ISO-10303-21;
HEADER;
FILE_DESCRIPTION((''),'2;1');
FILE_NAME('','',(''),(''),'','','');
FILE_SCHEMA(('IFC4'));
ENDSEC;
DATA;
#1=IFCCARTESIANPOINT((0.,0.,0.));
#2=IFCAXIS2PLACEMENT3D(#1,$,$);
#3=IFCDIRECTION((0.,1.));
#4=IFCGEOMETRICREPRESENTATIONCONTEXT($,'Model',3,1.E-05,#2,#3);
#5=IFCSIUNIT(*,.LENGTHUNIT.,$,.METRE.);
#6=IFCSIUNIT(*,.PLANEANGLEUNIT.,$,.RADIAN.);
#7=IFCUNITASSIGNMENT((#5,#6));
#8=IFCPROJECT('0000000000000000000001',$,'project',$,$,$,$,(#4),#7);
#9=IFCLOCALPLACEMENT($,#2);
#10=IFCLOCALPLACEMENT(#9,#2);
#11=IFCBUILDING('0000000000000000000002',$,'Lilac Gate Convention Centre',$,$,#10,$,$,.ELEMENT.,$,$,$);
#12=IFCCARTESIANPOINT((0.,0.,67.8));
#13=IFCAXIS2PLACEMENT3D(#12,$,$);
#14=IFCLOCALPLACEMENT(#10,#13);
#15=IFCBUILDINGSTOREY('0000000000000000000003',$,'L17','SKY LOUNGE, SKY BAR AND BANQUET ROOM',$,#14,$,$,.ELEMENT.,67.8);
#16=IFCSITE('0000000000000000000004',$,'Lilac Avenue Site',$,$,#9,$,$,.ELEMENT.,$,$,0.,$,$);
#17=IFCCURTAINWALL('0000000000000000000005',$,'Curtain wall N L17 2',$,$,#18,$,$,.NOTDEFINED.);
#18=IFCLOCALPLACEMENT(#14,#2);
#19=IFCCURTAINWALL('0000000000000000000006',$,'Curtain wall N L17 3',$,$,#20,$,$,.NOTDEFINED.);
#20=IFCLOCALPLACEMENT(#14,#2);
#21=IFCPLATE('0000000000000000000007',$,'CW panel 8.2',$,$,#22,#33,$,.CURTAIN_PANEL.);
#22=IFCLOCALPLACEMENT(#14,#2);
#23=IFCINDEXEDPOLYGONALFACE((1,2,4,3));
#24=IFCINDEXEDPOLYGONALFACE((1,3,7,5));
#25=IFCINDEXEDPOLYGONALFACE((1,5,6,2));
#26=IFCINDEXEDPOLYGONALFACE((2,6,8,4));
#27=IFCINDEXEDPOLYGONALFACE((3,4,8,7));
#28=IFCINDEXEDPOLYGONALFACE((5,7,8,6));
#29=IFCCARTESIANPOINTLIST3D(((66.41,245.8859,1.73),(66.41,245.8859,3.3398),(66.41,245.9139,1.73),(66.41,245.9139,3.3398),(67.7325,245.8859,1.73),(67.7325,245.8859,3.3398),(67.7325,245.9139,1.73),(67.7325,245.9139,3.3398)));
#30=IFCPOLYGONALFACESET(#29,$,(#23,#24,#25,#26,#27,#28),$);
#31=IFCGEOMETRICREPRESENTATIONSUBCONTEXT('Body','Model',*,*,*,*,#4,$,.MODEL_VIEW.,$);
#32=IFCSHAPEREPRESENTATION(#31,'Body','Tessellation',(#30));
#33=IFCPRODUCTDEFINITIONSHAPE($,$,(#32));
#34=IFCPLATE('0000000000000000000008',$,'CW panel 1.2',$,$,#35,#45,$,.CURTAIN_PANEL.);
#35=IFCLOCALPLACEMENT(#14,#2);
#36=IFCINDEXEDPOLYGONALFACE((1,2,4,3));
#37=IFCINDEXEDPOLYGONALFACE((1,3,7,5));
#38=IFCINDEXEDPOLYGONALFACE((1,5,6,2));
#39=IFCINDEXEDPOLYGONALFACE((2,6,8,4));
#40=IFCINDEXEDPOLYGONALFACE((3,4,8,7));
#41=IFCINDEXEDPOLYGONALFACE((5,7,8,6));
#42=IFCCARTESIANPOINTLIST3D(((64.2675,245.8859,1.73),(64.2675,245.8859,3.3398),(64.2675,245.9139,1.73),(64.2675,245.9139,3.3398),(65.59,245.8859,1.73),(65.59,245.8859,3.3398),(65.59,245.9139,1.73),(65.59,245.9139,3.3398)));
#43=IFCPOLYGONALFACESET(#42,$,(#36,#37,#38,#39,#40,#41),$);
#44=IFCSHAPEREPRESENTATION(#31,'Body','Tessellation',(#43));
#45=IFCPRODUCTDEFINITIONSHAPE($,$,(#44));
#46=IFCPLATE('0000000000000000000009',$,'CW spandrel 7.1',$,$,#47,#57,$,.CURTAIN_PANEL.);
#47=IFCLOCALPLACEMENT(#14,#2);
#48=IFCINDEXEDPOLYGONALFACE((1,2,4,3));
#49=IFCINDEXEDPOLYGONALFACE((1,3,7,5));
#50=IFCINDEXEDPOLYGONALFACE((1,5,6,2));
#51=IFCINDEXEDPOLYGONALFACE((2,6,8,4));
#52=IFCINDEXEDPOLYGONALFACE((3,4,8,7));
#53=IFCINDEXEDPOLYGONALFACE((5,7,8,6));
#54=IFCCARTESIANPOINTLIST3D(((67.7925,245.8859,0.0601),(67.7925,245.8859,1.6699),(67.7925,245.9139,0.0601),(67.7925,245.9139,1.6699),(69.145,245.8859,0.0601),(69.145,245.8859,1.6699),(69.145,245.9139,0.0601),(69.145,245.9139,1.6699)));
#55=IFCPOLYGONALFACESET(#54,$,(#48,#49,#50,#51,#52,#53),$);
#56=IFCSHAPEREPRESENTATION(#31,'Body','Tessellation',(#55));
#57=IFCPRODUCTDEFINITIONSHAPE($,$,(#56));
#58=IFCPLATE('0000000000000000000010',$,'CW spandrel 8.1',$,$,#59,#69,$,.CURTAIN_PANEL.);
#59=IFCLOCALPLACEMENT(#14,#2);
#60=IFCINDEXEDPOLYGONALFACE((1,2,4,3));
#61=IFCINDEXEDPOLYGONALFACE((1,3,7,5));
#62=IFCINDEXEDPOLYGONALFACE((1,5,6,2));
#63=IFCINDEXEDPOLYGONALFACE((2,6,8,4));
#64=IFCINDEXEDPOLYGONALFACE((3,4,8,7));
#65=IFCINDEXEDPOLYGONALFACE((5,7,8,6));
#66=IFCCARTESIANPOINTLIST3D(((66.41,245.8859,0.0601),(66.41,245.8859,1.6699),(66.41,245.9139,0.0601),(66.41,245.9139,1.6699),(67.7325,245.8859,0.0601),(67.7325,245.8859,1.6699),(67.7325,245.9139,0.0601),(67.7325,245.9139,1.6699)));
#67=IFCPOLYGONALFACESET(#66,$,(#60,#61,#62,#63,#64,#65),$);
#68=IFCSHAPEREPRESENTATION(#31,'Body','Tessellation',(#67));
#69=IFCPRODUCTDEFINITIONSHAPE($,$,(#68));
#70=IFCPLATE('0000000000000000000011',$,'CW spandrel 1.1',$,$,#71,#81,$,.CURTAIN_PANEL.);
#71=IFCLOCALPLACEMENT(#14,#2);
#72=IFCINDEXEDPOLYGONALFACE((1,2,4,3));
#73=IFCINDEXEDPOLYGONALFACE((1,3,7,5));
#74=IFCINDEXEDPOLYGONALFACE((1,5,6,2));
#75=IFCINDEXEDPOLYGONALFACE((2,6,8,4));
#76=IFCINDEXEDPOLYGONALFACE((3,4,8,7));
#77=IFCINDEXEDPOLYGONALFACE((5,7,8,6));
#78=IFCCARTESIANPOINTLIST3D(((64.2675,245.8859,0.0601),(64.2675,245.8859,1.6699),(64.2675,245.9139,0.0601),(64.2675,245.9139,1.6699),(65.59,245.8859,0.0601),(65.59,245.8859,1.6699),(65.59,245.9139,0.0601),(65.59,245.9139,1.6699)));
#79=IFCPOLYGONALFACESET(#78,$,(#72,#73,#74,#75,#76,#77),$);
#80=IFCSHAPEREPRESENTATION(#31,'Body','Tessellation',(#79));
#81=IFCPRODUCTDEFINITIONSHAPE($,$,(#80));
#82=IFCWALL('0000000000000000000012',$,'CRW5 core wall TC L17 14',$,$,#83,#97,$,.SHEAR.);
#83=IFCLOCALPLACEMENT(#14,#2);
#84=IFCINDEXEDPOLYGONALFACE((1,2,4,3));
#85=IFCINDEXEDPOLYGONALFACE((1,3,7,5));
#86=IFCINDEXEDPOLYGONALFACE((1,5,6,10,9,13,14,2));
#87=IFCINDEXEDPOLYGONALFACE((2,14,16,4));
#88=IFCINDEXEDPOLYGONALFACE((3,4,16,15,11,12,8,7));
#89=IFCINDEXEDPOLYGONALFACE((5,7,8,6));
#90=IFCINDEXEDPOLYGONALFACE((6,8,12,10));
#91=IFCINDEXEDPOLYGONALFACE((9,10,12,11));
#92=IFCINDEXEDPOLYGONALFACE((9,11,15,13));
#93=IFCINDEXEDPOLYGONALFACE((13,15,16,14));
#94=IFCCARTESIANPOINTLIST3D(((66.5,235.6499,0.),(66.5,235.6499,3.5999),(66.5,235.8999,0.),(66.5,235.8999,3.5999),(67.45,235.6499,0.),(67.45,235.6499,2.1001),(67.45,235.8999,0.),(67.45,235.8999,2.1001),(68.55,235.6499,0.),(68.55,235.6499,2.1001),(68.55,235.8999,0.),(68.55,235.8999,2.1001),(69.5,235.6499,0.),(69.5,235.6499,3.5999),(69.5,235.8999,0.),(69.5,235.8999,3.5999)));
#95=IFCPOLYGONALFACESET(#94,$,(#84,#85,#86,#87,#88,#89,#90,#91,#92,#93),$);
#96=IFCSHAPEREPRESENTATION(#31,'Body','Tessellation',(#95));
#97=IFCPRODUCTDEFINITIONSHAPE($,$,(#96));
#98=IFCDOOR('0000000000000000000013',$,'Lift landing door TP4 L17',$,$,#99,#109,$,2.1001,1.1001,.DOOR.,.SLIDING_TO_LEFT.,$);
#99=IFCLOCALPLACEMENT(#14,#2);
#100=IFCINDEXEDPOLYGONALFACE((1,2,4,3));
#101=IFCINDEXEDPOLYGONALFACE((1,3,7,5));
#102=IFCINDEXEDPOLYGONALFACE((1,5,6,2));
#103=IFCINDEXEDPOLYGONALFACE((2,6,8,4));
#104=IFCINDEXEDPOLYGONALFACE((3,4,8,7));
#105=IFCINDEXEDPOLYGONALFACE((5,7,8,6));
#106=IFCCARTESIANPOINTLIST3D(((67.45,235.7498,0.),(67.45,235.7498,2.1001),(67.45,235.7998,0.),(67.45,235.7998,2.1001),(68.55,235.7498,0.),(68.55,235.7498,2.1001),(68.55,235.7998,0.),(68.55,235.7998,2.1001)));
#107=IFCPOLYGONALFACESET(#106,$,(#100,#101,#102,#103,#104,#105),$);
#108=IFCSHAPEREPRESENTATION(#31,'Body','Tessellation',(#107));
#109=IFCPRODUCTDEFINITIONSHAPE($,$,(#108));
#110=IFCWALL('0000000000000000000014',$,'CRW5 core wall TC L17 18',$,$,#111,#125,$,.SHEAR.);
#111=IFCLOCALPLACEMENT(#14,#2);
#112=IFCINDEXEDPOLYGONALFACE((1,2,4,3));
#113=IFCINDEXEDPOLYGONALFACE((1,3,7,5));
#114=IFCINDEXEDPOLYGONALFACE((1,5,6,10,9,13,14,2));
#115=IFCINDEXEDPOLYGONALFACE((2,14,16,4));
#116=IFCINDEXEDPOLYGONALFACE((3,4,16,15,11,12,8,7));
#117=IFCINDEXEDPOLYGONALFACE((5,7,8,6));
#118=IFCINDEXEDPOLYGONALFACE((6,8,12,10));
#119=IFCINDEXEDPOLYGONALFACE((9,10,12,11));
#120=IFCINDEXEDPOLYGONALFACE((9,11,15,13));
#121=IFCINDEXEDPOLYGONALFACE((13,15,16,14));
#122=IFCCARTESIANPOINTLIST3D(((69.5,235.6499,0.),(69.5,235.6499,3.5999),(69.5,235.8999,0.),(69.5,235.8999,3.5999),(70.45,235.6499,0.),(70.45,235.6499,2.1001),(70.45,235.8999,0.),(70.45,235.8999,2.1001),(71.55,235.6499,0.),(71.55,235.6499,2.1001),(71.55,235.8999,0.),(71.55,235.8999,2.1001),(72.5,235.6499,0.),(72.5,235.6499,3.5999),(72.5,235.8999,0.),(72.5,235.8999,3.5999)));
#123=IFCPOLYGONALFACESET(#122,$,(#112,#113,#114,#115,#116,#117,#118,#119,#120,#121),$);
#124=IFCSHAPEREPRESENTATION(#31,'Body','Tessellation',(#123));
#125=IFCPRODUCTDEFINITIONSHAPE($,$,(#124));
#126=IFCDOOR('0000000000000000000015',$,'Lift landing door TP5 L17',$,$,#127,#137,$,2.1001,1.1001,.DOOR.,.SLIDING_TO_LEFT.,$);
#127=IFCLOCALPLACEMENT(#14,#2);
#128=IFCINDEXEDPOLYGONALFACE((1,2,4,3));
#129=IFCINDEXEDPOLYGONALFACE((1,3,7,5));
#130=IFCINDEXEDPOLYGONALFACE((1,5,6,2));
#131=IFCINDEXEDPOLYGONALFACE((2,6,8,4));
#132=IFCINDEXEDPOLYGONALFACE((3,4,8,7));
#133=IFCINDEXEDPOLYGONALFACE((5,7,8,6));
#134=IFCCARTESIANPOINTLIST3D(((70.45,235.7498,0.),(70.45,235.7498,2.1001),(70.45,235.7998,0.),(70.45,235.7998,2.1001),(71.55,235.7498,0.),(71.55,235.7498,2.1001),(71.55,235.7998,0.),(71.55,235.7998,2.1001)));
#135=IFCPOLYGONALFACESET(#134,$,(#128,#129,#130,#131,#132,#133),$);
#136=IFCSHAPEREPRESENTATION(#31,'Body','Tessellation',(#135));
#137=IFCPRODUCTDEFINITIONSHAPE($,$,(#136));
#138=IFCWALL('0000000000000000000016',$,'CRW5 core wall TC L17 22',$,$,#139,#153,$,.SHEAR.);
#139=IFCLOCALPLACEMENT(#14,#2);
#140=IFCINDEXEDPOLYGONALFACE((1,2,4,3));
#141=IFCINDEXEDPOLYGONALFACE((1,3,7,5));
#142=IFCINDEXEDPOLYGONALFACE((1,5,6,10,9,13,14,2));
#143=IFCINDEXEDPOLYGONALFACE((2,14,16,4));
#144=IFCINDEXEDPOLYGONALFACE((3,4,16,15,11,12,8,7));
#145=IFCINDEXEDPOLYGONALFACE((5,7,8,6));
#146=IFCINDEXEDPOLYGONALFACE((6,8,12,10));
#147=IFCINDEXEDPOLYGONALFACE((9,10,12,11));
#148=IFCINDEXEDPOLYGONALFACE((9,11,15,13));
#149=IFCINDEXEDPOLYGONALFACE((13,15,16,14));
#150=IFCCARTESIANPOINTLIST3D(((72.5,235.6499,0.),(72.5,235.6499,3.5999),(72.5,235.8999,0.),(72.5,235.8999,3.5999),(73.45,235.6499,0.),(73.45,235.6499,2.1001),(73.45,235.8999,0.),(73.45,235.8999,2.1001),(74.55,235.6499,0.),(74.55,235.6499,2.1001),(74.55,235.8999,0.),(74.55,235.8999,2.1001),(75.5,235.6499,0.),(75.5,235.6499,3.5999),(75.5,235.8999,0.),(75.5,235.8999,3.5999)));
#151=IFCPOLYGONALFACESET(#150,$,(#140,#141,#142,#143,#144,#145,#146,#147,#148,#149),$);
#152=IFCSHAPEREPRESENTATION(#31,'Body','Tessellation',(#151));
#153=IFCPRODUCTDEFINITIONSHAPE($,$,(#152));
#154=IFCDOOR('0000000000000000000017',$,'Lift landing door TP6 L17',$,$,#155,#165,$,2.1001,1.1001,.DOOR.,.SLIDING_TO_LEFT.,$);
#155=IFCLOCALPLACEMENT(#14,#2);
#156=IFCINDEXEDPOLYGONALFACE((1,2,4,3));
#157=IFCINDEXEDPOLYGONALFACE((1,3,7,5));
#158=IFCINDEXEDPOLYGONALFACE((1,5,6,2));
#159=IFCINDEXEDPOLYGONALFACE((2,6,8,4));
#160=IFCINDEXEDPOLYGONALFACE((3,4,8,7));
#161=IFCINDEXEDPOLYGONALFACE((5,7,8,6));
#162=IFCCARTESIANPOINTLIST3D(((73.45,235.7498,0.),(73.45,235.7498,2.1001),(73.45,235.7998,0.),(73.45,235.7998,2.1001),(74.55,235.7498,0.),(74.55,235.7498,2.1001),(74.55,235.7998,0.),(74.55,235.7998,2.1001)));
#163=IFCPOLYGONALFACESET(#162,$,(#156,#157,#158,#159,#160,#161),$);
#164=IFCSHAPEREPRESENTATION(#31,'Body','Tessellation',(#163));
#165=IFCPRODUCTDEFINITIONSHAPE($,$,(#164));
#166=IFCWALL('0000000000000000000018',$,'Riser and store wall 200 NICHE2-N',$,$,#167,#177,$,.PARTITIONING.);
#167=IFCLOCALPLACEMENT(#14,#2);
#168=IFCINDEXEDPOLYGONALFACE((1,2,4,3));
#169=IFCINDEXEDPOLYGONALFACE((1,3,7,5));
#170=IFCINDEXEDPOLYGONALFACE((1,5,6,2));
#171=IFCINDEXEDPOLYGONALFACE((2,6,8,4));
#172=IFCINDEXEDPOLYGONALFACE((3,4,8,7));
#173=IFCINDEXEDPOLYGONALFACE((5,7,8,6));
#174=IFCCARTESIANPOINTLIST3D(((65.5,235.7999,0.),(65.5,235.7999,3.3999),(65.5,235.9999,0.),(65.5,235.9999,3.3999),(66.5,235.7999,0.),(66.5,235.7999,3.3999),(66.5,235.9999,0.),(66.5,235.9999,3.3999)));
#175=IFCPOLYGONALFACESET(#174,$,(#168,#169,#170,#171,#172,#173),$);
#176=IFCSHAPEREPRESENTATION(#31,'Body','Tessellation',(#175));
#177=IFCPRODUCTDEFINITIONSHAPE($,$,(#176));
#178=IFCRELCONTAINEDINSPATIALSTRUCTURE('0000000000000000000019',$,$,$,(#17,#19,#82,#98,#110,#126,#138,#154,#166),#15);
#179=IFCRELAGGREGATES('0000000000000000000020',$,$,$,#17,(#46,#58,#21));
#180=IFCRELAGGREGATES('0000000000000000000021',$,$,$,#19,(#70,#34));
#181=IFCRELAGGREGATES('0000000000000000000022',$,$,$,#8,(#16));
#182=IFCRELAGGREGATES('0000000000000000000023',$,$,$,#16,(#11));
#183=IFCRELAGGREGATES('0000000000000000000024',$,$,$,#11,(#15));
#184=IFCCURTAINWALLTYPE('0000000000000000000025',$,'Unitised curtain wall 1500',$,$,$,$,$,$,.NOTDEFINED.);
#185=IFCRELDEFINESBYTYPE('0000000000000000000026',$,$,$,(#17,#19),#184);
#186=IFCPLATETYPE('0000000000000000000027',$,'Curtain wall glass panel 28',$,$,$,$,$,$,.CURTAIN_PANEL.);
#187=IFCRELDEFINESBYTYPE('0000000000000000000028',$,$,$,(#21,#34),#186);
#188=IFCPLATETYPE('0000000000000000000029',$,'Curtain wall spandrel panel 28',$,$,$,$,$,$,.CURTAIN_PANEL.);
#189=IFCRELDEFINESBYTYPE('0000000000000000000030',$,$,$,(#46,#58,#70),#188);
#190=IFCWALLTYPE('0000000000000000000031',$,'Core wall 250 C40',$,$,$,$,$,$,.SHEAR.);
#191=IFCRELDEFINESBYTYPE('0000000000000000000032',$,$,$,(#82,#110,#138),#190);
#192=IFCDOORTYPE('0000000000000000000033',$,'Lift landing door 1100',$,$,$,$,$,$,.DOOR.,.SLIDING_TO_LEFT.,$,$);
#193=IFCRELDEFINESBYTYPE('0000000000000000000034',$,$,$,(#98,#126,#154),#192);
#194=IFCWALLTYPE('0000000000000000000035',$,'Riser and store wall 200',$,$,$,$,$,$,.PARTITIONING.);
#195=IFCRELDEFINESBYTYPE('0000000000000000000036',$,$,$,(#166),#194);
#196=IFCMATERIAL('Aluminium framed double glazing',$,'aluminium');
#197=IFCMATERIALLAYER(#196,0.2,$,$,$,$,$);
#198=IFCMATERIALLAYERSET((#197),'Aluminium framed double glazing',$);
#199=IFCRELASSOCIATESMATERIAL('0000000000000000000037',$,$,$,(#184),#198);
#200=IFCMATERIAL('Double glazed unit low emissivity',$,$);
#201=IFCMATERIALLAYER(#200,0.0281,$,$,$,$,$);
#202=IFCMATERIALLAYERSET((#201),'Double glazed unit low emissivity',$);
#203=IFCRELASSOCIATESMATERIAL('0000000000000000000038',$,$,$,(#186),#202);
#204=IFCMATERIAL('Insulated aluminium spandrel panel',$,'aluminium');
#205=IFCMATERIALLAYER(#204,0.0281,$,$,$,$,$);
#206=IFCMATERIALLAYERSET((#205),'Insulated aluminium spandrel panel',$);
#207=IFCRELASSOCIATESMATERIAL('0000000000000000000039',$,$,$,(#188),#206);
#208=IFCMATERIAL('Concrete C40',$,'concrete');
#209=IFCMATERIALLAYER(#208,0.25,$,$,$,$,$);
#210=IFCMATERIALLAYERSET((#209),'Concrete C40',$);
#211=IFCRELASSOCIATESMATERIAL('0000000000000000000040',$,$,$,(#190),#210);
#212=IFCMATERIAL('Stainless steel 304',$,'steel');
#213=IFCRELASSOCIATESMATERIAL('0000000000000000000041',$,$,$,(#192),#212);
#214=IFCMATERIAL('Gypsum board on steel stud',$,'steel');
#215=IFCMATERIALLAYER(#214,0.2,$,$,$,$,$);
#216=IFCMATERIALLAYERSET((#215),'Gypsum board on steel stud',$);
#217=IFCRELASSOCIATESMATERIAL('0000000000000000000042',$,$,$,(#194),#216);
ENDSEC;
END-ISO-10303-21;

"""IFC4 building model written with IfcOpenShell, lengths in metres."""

from ifc_helpers import new_model, si_unit, direction, frame, frame_2d, origin, origin_2d, place, context, subcontext, project, spatial, rectangle, extrude, material, layer, layer_set, type_object, element, fill, aggregate, save


model = new_model("IFC4")

# Units and contexts
model_context = context("Model", 3, precision=1e-05, world=origin(), true_north=direction((0.0, 1.0)))
body_context = subcontext(model_context, "Body", "Model", "MODEL_VIEW")
ifc_project = project(units=[si_unit("LENGTHUNIT", "METRE"), si_unit("PLANEANGLEUNIT", "RADIAN")], contexts=[model_context])

# Site, building, storey
site_placement = place(None, origin())
site = spatial("IfcSite", under=ifc_project, at=site_placement, Name="Lilac Avenue Site", CompositionType="ELEMENT", RefElevation=0.0)
building_placement = place(site_placement, origin())
building = spatial("IfcBuilding", under=site, at=building_placement, Name="Lilac Gate Convention Centre", CompositionType="ELEMENT")
storey_placement = place(building_placement, frame((0.0, 0.0, 67.8)))
storey = spatial("IfcBuildingStorey", under=building, at=storey_placement, Name="L17", Description="SKY LOUNGE, SKY BAR AND BANQUET ROOM", CompositionType="ELEMENT", Elevation=67.8)

# Shared definitions
ifc_material_1 = material(Name="Concrete C40", Category="concrete")

# Curtain wall
ifc_material_2 = material(Name="Aluminium framed double glazing", Category="aluminium")
ifc_layer_1 = layer(ifc_material_2, 0.2)
ifc_layer_set_1 = layer_set([ifc_layer_1], Name="Aluminium framed double glazing")
curtain_wall_type = type_object("IfcCurtainWallType", Name="Unitised curtain wall 1500", PredefinedType="NOTDEFINED", material=ifc_layer_set_1)
curtain_wall_1_placement = place(storey_placement, origin())
curtain_wall_1 = element("IfcCurtainWall", 1, at=curtain_wall_1_placement, inside=storey, type_object=curtain_wall_type, Name="Curtain wall N L17 2", PredefinedType="NOTDEFINED")

# Curtain wall
curtain_wall_2_placement = place(storey_placement, origin())
curtain_wall_2 = element("IfcCurtainWall", 2, at=curtain_wall_2_placement, inside=storey, type_object=curtain_wall_type, Name="Curtain wall N L17 3", PredefinedType="NOTDEFINED")

# Plates
ifc_material_3 = material(Name="Double glazed unit low emissivity")
ifc_layer_2 = layer(ifc_material_3, 0.0281)
ifc_layer_set_2 = layer_set([ifc_layer_2], Name="Double glazed unit low emissivity")
plate_type_1 = type_object("IfcPlateType", Name="Curtain wall glass panel 28", PredefinedType="CURTAIN_PANEL", material=ifc_layer_set_2)
plate_1_placement = place(storey_placement, frame((67.0713, 245.8999, 1.73), z_axis=(0.0, 0.0, 1.0), x_axis=(-1.0, 0.0, 0.0)))
plate_1 = element("IfcPlate", 3, at=plate_1_placement, type_object=plate_type_1, Name="CW panel 8.2", PredefinedType="CURTAIN_PANEL", context=body_context, shape_type="SweptSolid", body=[
    extrude(rectangle(XDim=1.3225, YDim=0.0281, at=origin_2d()), origin(), (0.0, 0.0, 1.0), 1.6099),
])
plate_2_placement = place(storey_placement, frame((64.9287, 245.8999, 1.73), z_axis=(0.0, 0.0, 1.0), x_axis=(-1.0, 0.0, 0.0)))
plate_2 = element("IfcPlate", 4, at=plate_2_placement, type_object=plate_type_1, Name="CW panel 1.2", PredefinedType="CURTAIN_PANEL", context=body_context, shape_type="SweptSolid", body=[
    extrude(rectangle(XDim=1.3225, YDim=0.0281, at=origin_2d()), origin(), (0.0, 0.0, 1.0), 1.6099),
])
ifc_material_4 = material(Name="Insulated aluminium spandrel panel", Category="aluminium")
ifc_layer_3 = layer(ifc_material_4, 0.0281)
ifc_layer_set_3 = layer_set([ifc_layer_3], Name="Insulated aluminium spandrel panel")
plate_type_2 = type_object("IfcPlateType", Name="Curtain wall spandrel panel 28", PredefinedType="CURTAIN_PANEL", material=ifc_layer_set_3)
plate_3_placement = place(storey_placement, frame((68.4688, 245.8999, 0.0601), z_axis=(0.0, 0.0, 1.0), x_axis=(-1.0, 0.0, 0.0)))
plate_3 = element("IfcPlate", 5, at=plate_3_placement, type_object=plate_type_2, Name="CW spandrel 7.1", PredefinedType="CURTAIN_PANEL", context=body_context, shape_type="SweptSolid", body=[
    extrude(rectangle(XDim=1.3525, YDim=0.0281, at=origin_2d()), origin(), (0.0, 0.0, 1.0), 1.6099),
])
plate_4_placement = place(storey_placement, frame((67.0713, 245.8999, 0.0601), z_axis=(0.0, 0.0, 1.0), x_axis=(-1.0, 0.0, 0.0)))
plate_4 = element("IfcPlate", 6, at=plate_4_placement, type_object=plate_type_2, Name="CW spandrel 8.1", PredefinedType="CURTAIN_PANEL", context=body_context, shape_type="SweptSolid", body=[
    extrude(rectangle(XDim=1.3225, YDim=0.0281, at=origin_2d()), origin(), (0.0, 0.0, 1.0), 1.6099),
])
aggregate(curtain_wall_1, [plate_3, plate_4, plate_1])
plate_5_placement = place(storey_placement, frame((64.9287, 245.8999, 0.0601), z_axis=(0.0, 0.0, 1.0), x_axis=(-1.0, 0.0, 0.0)))
plate_5 = element("IfcPlate", 7, at=plate_5_placement, type_object=plate_type_2, Name="CW spandrel 1.1", PredefinedType="CURTAIN_PANEL", context=body_context, shape_type="SweptSolid", body=[
    extrude(rectangle(XDim=1.3225, YDim=0.0281, at=origin_2d()), origin(), (0.0, 0.0, 1.0), 1.6099),
])
aggregate(curtain_wall_2, [plate_5, plate_2])

# Walls, openings, doors
ifc_layer_4 = layer(ifc_material_1, 0.25)
ifc_layer_set_4 = layer_set([ifc_layer_4], Name="Concrete C40")
wall_type_1 = type_object("IfcWallType", Name="Core wall 250 C40", PredefinedType="SHEAR", material=ifc_layer_set_4)
wall_1_placement = place(storey_placement, frame((66.5, 235.7749, 0.0), z_axis=(0.0, 0.0, 1.0), x_axis=(1.0, 0.0, 0.0)))
wall_1 = element("IfcWall", 8, at=wall_1_placement, inside=storey, type_object=wall_type_1, Name="CRW5 core wall TC L17 14", PredefinedType="SHEAR", context=body_context, shape_type="SweptSolid", body=[
    extrude(rectangle(XDim=3.0, YDim=0.25, at=frame_2d((1.5, 0.0))), origin(), (0.0, 0.0, 1.0), 3.5999),
])
opening_1_placement = place(wall_1_placement, frame((0.95, 0.0, 0.0)))
opening_1 = element("IfcOpeningElement", 9, at=opening_1_placement, cuts=wall_1, PredefinedType="OPENING", context=body_context, shape_type="SweptSolid", body=[
    extrude(rectangle(XDim=1.1001, YDim=2.1001, at=frame_2d((0.55, 1.05))), frame((0.0, 0.135, 0.0), z_axis=(0.0, -1.0, 0.0), x_axis=(1.0, 0.0, 0.0)), (0.0, 0.0, 1.0), 0.27),
])
ifc_material_5 = material(Name="Stainless steel 304", Category="steel")
door_type = type_object("IfcDoorType", Name="Lift landing door 1100", OperationType="SLIDING_TO_LEFT", PredefinedType="DOOR", material=ifc_material_5)
door_1_placement = place(opening_1_placement, origin())
door_1 = element("IfcDoor", 10, at=door_1_placement, inside=storey, type_object=door_type, Name="Lift landing door TP4 L17", OperationType="SLIDING_TO_LEFT", OverallHeight=2.1001, OverallWidth=1.1001, PredefinedType="DOOR", context=body_context, shape_type="SweptSolid", body=[
    extrude(rectangle(XDim=1.1001, YDim=2.1001, at=frame_2d((0.55, 1.05))), frame((0.0, 0.0249, 0.0), z_axis=(0.0, -1.0, 0.0), x_axis=(1.0, 0.0, 0.0)), (0.0, 0.0, 1.0), 0.05),
])
fill(opening_1, door_1)
wall_2_placement = place(storey_placement, frame((69.5, 235.7749, 0.0), z_axis=(0.0, 0.0, 1.0), x_axis=(1.0, 0.0, 0.0)))
wall_2 = element("IfcWall", 11, at=wall_2_placement, inside=storey, type_object=wall_type_1, Name="CRW5 core wall TC L17 18", PredefinedType="SHEAR", context=body_context, shape_type="SweptSolid", body=[
    extrude(rectangle(XDim=3.0, YDim=0.25, at=frame_2d((1.5, 0.0))), origin(), (0.0, 0.0, 1.0), 3.5999),
])
opening_2_placement = place(wall_2_placement, frame((0.95, 0.0, 0.0)))
opening_2 = element("IfcOpeningElement", 12, at=opening_2_placement, cuts=wall_2, PredefinedType="OPENING", context=body_context, shape_type="SweptSolid", body=[
    extrude(rectangle(XDim=1.1001, YDim=2.1001, at=frame_2d((0.55, 1.05))), frame((0.0, 0.135, 0.0), z_axis=(0.0, -1.0, 0.0), x_axis=(1.0, 0.0, 0.0)), (0.0, 0.0, 1.0), 0.27),
])
door_2_placement = place(opening_2_placement, origin())
door_2 = element("IfcDoor", 13, at=door_2_placement, inside=storey, type_object=door_type, Name="Lift landing door TP5 L17", OperationType="SLIDING_TO_LEFT", OverallHeight=2.1001, OverallWidth=1.1001, PredefinedType="DOOR", context=body_context, shape_type="SweptSolid", body=[
    extrude(rectangle(XDim=1.1001, YDim=2.1001, at=frame_2d((0.55, 1.05))), frame((0.0, 0.0249, 0.0), z_axis=(0.0, -1.0, 0.0), x_axis=(1.0, 0.0, 0.0)), (0.0, 0.0, 1.0), 0.05),
])
fill(opening_2, door_2)
wall_3_placement = place(storey_placement, frame((72.5, 235.7749, 0.0), z_axis=(0.0, 0.0, 1.0), x_axis=(1.0, 0.0, 0.0)))
wall_3 = element("IfcWall", 14, at=wall_3_placement, inside=storey, type_object=wall_type_1, Name="CRW5 core wall TC L17 22", PredefinedType="SHEAR", context=body_context, shape_type="SweptSolid", body=[
    extrude(rectangle(XDim=3.0, YDim=0.25, at=frame_2d((1.5, 0.0))), origin(), (0.0, 0.0, 1.0), 3.5999),
])
opening_3_placement = place(wall_3_placement, frame((0.95, 0.0, 0.0)))
opening_3 = element("IfcOpeningElement", 15, at=opening_3_placement, cuts=wall_3, PredefinedType="OPENING", context=body_context, shape_type="SweptSolid", body=[
    extrude(rectangle(XDim=1.1001, YDim=2.1001, at=frame_2d((0.55, 1.05))), frame((0.0, 0.135, 0.0), z_axis=(0.0, -1.0, 0.0), x_axis=(1.0, 0.0, 0.0)), (0.0, 0.0, 1.0), 0.27),
])
door_3_placement = place(opening_3_placement, origin())
door_3 = element("IfcDoor", 16, at=door_3_placement, inside=storey, type_object=door_type, Name="Lift landing door TP6 L17", OperationType="SLIDING_TO_LEFT", OverallHeight=2.1001, OverallWidth=1.1001, PredefinedType="DOOR", context=body_context, shape_type="SweptSolid", body=[
    extrude(rectangle(XDim=1.1001, YDim=2.1001, at=frame_2d((0.55, 1.05))), frame((0.0, 0.0249, 0.0), z_axis=(0.0, -1.0, 0.0), x_axis=(1.0, 0.0, 0.0)), (0.0, 0.0, 1.0), 0.05),
])
fill(opening_3, door_3)

# Wall
ifc_material_6 = material(Name="Gypsum board on steel stud", Category="steel")
ifc_layer_5 = layer(ifc_material_6, 0.2)
ifc_layer_set_5 = layer_set([ifc_layer_5], Name="Gypsum board on steel stud")
wall_type_2 = type_object("IfcWallType", Name="Riser and store wall 200", PredefinedType="PARTITIONING", material=ifc_layer_set_5)
wall_4_placement = place(storey_placement, frame((65.5, 235.8999, 0.0), z_axis=(0.0, 0.0, 1.0), x_axis=(1.0, 0.0, 0.0)))
element("IfcWall", 17, at=wall_4_placement, inside=storey, type_object=wall_type_2, Name="Riser and store wall 200 NICHE2-N", PredefinedType="PARTITIONING", context=body_context, shape_type="SweptSolid", body=[
    extrude(rectangle(XDim=1.0, YDim=0.2, at=frame_2d((0.5, 0.0))), origin(), (0.0, 0.0, 1.0), 3.3999),
])

save(model, "model.ifc")
